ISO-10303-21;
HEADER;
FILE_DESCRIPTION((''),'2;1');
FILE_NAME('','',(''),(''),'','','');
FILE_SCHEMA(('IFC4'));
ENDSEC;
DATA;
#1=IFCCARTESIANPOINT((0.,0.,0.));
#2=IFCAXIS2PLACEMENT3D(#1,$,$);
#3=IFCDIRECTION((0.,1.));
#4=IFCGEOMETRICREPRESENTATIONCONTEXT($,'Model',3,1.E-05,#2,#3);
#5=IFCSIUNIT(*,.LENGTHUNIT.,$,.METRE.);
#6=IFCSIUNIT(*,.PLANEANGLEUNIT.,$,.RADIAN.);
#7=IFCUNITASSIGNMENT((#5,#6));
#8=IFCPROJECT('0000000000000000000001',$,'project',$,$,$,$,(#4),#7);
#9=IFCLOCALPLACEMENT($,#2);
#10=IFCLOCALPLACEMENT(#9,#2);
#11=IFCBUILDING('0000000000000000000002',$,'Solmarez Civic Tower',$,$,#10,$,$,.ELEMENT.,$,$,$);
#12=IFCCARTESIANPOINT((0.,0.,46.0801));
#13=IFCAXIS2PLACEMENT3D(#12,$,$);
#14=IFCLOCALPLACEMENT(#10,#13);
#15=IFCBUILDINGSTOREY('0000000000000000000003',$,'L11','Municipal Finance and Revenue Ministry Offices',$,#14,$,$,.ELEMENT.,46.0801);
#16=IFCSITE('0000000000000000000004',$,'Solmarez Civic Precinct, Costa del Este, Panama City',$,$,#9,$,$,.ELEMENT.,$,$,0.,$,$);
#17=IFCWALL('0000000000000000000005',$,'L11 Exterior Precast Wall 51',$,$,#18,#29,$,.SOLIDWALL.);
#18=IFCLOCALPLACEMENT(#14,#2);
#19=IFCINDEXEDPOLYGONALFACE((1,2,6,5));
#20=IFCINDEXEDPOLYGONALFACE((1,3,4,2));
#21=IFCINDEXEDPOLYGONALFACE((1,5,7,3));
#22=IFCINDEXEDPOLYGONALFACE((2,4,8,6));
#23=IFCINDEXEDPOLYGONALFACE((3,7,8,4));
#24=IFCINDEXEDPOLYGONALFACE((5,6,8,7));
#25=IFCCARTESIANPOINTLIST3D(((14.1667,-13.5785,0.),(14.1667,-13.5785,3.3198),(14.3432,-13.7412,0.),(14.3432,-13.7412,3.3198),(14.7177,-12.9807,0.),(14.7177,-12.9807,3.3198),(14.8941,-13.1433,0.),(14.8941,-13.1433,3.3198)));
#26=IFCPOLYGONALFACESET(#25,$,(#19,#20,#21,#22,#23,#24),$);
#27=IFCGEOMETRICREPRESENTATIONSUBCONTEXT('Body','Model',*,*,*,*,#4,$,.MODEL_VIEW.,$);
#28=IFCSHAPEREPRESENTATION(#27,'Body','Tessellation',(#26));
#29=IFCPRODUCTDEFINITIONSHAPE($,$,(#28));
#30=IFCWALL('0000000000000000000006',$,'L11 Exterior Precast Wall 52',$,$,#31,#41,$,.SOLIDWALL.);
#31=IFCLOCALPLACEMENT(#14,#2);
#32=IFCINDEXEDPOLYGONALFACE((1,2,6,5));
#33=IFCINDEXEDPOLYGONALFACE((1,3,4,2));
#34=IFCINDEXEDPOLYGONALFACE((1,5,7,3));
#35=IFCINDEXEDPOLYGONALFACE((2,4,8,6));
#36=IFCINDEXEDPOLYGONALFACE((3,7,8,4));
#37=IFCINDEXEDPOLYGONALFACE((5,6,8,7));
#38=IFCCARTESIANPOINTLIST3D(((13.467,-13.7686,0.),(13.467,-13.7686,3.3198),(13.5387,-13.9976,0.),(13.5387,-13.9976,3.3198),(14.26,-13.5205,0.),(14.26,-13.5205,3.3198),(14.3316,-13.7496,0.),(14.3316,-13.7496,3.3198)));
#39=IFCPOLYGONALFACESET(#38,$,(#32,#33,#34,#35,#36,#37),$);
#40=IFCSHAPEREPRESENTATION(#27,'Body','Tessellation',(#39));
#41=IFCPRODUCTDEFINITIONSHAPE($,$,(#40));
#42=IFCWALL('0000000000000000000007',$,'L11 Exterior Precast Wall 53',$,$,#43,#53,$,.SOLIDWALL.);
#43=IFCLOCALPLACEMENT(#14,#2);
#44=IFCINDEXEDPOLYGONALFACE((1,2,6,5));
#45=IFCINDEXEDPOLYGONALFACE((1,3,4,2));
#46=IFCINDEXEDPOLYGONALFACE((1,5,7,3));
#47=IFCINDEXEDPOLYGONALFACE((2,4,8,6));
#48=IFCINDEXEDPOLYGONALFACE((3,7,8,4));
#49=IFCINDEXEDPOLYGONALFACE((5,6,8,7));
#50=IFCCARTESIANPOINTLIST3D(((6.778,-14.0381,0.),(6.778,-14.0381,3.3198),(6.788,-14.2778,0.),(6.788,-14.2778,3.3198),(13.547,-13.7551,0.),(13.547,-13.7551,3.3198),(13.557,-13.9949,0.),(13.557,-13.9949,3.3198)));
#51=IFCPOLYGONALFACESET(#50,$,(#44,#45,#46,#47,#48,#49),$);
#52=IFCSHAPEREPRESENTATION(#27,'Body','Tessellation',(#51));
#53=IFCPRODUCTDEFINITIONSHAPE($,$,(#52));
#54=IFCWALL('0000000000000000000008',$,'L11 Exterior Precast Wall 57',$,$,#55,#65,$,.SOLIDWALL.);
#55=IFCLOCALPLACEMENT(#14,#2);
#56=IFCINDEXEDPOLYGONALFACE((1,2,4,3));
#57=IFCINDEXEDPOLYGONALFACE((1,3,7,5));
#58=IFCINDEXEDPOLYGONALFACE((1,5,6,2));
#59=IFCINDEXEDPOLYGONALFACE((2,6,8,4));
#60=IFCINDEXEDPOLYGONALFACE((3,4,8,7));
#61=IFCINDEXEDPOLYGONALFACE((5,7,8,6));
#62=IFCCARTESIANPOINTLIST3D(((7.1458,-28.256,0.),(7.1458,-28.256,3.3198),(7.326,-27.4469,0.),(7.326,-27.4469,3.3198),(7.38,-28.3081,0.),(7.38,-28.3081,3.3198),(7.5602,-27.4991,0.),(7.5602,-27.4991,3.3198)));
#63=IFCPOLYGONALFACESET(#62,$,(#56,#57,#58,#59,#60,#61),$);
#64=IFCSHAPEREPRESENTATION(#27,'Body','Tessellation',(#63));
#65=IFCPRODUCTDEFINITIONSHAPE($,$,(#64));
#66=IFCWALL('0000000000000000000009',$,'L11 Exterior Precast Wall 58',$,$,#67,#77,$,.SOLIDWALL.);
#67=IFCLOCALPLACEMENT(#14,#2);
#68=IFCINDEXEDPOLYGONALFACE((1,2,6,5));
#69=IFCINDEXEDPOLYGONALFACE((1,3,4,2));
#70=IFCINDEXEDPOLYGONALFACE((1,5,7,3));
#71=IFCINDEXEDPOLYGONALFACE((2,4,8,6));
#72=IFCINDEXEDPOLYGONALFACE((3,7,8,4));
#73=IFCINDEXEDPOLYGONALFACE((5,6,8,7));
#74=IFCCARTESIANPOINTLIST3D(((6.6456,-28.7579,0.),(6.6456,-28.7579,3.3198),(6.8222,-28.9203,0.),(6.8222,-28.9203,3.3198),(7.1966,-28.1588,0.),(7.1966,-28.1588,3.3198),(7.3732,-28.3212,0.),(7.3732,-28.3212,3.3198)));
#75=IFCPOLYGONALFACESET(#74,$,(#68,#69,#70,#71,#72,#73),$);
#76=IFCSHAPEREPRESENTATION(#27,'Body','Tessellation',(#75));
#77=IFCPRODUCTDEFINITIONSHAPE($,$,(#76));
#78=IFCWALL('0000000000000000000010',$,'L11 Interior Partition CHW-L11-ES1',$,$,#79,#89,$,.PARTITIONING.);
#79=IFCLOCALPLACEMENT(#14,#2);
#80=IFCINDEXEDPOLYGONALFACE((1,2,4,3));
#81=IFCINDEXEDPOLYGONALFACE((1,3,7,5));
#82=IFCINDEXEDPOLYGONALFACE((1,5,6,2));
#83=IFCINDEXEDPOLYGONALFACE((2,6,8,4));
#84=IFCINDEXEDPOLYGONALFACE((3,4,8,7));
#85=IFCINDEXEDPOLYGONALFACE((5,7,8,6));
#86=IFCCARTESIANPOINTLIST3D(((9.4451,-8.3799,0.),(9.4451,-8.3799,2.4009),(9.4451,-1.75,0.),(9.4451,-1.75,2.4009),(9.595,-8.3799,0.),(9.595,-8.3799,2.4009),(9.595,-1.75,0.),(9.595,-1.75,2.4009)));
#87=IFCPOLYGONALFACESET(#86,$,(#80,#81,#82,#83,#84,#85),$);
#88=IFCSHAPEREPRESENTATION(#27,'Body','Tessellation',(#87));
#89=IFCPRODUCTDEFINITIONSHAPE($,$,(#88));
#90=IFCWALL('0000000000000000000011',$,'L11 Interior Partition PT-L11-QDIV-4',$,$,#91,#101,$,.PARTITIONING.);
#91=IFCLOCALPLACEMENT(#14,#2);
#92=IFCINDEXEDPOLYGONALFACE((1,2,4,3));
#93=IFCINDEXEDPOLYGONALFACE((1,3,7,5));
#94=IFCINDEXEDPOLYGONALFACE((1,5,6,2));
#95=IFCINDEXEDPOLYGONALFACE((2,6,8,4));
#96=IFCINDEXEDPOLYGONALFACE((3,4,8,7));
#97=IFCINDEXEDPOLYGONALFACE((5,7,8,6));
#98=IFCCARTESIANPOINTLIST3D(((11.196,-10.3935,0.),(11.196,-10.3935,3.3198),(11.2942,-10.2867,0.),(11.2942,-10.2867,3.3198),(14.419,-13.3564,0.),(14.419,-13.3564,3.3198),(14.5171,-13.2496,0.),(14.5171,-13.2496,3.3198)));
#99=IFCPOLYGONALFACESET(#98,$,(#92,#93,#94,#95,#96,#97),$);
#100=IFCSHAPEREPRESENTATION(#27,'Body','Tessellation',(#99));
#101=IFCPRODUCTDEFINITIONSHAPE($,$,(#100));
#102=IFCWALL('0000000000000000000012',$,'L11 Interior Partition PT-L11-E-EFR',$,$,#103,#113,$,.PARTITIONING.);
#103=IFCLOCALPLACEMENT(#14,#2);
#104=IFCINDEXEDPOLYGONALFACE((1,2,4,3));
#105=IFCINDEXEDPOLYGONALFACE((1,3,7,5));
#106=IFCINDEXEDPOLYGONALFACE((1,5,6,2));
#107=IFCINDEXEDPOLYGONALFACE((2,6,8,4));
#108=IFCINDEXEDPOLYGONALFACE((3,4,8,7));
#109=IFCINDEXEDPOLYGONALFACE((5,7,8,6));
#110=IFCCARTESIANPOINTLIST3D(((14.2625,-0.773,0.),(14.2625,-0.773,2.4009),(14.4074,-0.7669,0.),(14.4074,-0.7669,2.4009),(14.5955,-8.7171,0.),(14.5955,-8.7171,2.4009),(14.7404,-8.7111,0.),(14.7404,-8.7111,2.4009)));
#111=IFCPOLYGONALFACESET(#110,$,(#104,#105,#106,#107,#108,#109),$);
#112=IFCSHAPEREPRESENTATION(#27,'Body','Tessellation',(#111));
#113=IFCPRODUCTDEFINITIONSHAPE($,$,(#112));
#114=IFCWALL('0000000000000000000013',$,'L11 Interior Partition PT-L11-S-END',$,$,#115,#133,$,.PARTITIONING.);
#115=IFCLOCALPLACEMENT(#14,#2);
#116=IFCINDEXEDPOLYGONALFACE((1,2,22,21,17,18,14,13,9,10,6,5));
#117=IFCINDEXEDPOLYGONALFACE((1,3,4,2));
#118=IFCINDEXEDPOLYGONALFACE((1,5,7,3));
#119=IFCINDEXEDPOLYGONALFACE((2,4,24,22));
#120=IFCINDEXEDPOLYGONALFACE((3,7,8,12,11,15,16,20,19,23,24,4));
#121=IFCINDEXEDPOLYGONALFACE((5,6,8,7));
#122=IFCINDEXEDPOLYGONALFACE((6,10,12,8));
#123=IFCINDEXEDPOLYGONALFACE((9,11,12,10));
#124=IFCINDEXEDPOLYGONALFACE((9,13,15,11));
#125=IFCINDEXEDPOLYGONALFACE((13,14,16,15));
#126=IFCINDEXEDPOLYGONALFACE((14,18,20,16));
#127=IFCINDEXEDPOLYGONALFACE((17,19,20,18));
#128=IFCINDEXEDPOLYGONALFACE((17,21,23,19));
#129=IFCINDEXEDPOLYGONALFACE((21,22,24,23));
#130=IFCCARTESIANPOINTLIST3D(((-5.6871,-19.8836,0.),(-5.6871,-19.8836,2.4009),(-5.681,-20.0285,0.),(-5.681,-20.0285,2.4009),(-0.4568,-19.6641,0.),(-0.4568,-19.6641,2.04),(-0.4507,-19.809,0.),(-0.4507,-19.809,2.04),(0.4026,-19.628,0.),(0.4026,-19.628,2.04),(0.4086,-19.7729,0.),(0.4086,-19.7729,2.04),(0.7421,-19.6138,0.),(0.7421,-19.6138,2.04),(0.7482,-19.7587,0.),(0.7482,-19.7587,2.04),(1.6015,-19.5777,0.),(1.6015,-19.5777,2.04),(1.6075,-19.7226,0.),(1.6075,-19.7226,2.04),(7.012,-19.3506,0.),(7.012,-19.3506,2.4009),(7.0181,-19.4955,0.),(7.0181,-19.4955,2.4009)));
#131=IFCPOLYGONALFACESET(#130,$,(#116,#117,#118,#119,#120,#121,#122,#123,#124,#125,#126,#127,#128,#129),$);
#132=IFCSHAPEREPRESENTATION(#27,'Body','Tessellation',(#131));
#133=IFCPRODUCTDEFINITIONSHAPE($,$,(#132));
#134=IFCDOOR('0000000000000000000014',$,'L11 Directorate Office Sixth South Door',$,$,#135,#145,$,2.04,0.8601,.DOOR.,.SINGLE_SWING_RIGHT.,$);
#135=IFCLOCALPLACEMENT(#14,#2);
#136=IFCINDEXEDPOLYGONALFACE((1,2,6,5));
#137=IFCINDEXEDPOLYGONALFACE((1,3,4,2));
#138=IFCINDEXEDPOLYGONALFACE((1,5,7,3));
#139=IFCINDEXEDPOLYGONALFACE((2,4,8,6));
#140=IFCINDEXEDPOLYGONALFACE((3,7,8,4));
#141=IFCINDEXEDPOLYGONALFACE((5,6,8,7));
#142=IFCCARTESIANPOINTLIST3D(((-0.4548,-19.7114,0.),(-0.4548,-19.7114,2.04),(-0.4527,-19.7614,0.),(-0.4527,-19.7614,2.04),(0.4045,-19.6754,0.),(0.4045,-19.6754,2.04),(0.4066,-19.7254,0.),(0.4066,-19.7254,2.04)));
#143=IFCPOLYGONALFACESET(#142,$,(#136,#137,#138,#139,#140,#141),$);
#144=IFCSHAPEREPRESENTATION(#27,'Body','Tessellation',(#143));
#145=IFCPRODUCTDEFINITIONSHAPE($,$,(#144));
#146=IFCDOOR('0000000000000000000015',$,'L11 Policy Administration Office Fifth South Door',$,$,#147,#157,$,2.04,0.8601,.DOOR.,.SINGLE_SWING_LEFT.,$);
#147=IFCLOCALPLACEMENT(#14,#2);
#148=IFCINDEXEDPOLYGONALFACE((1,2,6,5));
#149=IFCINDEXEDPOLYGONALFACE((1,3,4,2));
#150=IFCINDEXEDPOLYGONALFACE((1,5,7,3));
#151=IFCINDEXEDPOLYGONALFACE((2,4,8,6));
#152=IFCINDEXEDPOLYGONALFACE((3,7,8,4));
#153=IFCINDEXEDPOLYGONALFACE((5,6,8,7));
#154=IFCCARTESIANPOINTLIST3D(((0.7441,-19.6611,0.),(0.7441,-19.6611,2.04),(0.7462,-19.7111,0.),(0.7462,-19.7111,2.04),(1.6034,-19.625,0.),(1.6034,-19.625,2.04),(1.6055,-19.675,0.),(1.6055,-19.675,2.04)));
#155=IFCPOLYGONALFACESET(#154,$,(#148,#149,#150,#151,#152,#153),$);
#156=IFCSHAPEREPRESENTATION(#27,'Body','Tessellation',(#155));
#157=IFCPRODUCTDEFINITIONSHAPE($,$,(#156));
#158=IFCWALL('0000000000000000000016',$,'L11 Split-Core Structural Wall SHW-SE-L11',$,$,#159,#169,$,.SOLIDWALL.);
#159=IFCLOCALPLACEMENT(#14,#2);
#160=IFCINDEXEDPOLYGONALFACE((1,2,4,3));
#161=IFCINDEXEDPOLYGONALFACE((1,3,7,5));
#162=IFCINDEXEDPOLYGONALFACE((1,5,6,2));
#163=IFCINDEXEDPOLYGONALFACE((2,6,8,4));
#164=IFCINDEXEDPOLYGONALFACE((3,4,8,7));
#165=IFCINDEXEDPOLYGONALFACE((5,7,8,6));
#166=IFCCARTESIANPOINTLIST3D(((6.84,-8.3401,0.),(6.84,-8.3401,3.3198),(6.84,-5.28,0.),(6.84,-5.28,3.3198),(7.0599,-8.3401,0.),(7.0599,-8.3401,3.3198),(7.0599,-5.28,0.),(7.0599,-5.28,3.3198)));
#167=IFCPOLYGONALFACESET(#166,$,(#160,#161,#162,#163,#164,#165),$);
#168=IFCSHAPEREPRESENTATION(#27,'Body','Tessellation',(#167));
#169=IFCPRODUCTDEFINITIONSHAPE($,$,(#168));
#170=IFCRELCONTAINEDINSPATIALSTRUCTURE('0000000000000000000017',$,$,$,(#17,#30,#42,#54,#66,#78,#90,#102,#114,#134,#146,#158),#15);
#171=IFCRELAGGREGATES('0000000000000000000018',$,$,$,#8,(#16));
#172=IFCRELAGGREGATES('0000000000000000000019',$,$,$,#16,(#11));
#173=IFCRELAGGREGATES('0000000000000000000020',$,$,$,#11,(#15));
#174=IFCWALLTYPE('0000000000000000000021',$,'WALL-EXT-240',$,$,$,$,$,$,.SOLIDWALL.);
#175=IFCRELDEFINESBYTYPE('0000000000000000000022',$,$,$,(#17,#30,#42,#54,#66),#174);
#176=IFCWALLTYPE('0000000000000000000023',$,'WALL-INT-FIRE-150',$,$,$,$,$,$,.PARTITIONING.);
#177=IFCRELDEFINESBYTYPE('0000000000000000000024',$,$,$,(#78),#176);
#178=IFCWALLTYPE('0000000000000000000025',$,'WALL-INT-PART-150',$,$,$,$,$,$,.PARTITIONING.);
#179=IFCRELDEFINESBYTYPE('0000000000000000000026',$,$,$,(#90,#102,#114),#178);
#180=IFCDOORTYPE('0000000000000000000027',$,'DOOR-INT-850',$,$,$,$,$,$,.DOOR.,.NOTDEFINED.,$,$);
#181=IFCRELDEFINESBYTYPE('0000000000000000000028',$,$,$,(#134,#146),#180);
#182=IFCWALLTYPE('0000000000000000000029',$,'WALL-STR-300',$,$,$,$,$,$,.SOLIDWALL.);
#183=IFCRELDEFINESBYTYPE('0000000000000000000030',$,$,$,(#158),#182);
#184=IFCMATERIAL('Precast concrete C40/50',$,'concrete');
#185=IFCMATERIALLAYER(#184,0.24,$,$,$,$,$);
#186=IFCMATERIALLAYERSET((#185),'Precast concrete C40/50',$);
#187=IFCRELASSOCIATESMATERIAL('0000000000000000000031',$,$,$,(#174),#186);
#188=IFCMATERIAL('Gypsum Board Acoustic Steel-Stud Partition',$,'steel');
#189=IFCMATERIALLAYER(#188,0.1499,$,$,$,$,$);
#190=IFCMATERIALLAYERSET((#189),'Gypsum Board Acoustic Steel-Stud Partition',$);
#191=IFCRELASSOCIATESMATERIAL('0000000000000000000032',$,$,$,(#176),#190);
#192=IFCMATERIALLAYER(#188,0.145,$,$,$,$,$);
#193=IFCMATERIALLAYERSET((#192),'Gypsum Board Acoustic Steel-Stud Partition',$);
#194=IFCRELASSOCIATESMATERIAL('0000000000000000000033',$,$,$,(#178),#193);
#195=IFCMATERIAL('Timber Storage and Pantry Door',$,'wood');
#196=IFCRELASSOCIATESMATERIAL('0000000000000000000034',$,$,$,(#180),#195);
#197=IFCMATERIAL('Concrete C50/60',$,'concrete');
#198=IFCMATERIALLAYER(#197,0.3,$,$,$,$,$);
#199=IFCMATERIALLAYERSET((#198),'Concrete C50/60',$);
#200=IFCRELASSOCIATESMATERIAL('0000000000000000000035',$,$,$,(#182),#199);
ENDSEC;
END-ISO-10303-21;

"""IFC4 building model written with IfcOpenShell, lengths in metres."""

from ifc_helpers import new_model, si_unit, direction, frame, frame_2d, origin, place, context, subcontext, project, spatial, rectangle, extrude, material, layer, layer_set, type_object, element, fill, save


model = new_model("IFC4")

# Units and contexts
model_context = context("Model", 3, precision=1e-05, world=origin(), true_north=direction((0.0, 1.0)))
body_context = subcontext(model_context, "Body", "Model", "MODEL_VIEW")
ifc_project = project(units=[si_unit("LENGTHUNIT", "METRE"), si_unit("PLANEANGLEUNIT", "RADIAN")], contexts=[model_context])

# Site, building, storey
site_placement = place(None, origin())
site = spatial("IfcSite", under=ifc_project, at=site_placement, Name="Solmarez Civic Precinct, Costa del Este, Panama City", CompositionType="ELEMENT", RefElevation=0.0)
building_placement = place(site_placement, origin())
building = spatial("IfcBuilding", under=site, at=building_placement, Name="Solmarez Civic Tower", CompositionType="ELEMENT")
storey_placement = place(building_placement, frame((0.0, 0.0, 46.0801)))
storey = spatial("IfcBuildingStorey", under=building, at=storey_placement, Name="L11", Description="Municipal Finance and Revenue Ministry Offices", CompositionType="ELEMENT", Elevation=46.0801)

# Shared definitions
ifc_material_1 = material(Name="Precast concrete C40/50", Category="concrete")
ifc_layer_1 = layer(ifc_material_1, 0.24)
ifc_layer_set_1 = layer_set([ifc_layer_1], Name="Precast concrete C40/50")
wall_type_1 = type_object("IfcWallType", Name="WALL-EXT-240", PredefinedType="SOLIDWALL", material=ifc_layer_set_1)

# Walls
wall_1_placement = place(storey_placement, frame((14.8059, -13.062, 0.0), z_axis=(0.0, 0.0, 1.0), x_axis=(-0.677694, -0.735344, 0.0)))
element("IfcWall", 1, at=wall_1_placement, inside=storey, type_object=wall_type_1, Name="L11 Exterior Precast Wall 51", PredefinedType="SOLIDWALL", context=body_context, shape_type="SweptSolid", body=[
    extrude(rectangle(XDim=0.813, YDim=0.24, at=frame_2d((0.4065, 0.0))), origin(), (0.0, 0.0, 1.0), 3.3198),
])
wall_2_placement = place(storey_placement, frame((14.2959, -13.635, 0.0), z_axis=(0.0, 0.0, 1.0), x_axis=(-0.954396, -0.298543, 0.0)))
element("IfcWall", 2, at=wall_2_placement, inside=storey, type_object=wall_type_1, Name="L11 Exterior Precast Wall 52", PredefinedType="SOLIDWALL", context=body_context, shape_type="SweptSolid", body=[
    extrude(rectangle(XDim=0.8308, YDim=0.24, at=frame_2d((0.4155, 0.0))), origin(), (0.0, 0.0, 1.0), 3.3198),
])
wall_3_placement = place(storey_placement, frame((13.552, -13.875, 0.0), z_axis=(0.0, 0.0, 1.0), x_axis=(-0.999127, -0.041765, 0.0)))
element("IfcWall", 3, at=wall_3_placement, inside=storey, type_object=wall_type_1, Name="L11 Exterior Precast Wall 53", PredefinedType="SOLIDWALL", context=body_context, shape_type="SweptSolid", body=[
    extrude(rectangle(XDim=6.7749, YDim=0.24, at=frame_2d((3.3875, 0.0))), origin(), (0.0, 0.0, 1.0), 3.3198),
])
wall_4_placement = place(storey_placement, frame((7.4431, -27.4729, 0.0), z_axis=(0.0, 0.0, 1.0), x_axis=(-0.217367, -0.97609, 0.0)))
element("IfcWall", 4, at=wall_4_placement, inside=storey, type_object=wall_type_1, Name="L11 Exterior Precast Wall 57", PredefinedType="SOLIDWALL", context=body_context, shape_type="SweptSolid", body=[
    extrude(rectangle(XDim=0.8289, YDim=0.24, at=frame_2d((0.4146, 0.0))), origin(), (0.0, 0.0, 1.0), 3.3198),
])
wall_5_placement = place(storey_placement, frame((7.2849, -28.24, 0.0), z_axis=(0.0, 0.0, 1.0), x_axis=(-0.676946, -0.736033, 0.0)))
element("IfcWall", 5, at=wall_5_placement, inside=storey, type_object=wall_type_1, Name="L11 Exterior Precast Wall 58", PredefinedType="SOLIDWALL", context=body_context, shape_type="SweptSolid", body=[
    extrude(rectangle(XDim=0.814, YDim=0.24, at=frame_2d((0.407, 0.0))), origin(), (0.0, 0.0, 1.0), 3.3198),
])
ifc_material_2 = material(Name="Gypsum Board Acoustic Steel-Stud Partition", Category="steel")
ifc_layer_2 = layer(ifc_material_2, 0.1499)
ifc_layer_set_2 = layer_set([ifc_layer_2], Name="Gypsum Board Acoustic Steel-Stud Partition")
wall_type_2 = type_object("IfcWallType", Name="WALL-INT-FIRE-150", PredefinedType="PARTITIONING", material=ifc_layer_set_2)
wall_6_placement = place(storey_placement, frame((9.52, -8.3799, 0.0), z_axis=(0.0, 0.0, 1.0), x_axis=(0.0, 1.0, 0.0)))
element("IfcWall", 6, at=wall_6_placement, inside=storey, type_object=wall_type_2, Name="L11 Interior Partition CHW-L11-ES1", PredefinedType="PARTITIONING", context=body_context, shape_type="SweptSolid", body=[
    extrude(rectangle(XDim=6.6299, YDim=0.1499, at=frame_2d((3.3149, 0.0))), origin(), (0.0, 0.0, 1.0), 2.4009),
])
ifc_layer_3 = layer(ifc_material_2, 0.145)
ifc_layer_set_3 = layer_set([ifc_layer_3], Name="Gypsum Board Acoustic Steel-Stud Partition")
wall_type_3 = type_object("IfcWallType", Name="WALL-INT-PART-150", PredefinedType="PARTITIONING", material=ifc_layer_set_3)
wall_7_placement = place(storey_placement, frame((11.2451, -10.3401, 0.0), z_axis=(0.0, 0.0, 1.0), x_axis=(0.736179, -0.676787, 0.0)))
element("IfcWall", 7, at=wall_7_placement, inside=storey, type_object=wall_type_3, Name="L11 Interior Partition PT-L11-QDIV-4", PredefinedType="PARTITIONING", context=body_context, shape_type="SweptSolid", body=[
    extrude(rectangle(XDim=4.3779, YDim=0.145, at=frame_2d((2.189, 0.0))), origin(), (0.0, 0.0, 1.0), 3.3198),
])
wall_8_placement = place(storey_placement, frame((14.668, -8.7141, 0.0), z_axis=(0.0, 0.0, 1.0), x_axis=(-0.041882, 0.999123, 0.0)))
element("IfcWall", 8, at=wall_8_placement, inside=storey, type_object=wall_type_3, Name="L11 Interior Partition PT-L11-E-EFR", PredefinedType="PARTITIONING", context=body_context, shape_type="SweptSolid", body=[
    extrude(rectangle(XDim=7.9512, YDim=0.145, at=frame_2d((3.9756, 0.0))), origin(), (0.0, 0.0, 1.0), 2.4009),
])

# Wall, openings, doors
wall_9_placement = place(storey_placement, frame((7.0149, -19.4231, 0.0), z_axis=(0.0, 0.0, 1.0), x_axis=(-0.99912, -0.041932, 0.0)))
wall_9 = element("IfcWall", 9, at=wall_9_placement, inside=storey, type_object=wall_type_3, Name="L11 Interior Partition PT-L11-S-END", PredefinedType="PARTITIONING", context=body_context, shape_type="SweptSolid", body=[
    extrude(rectangle(XDim=12.7102, YDim=0.145, at=frame_2d((6.355, 0.0))), origin(), (0.0, 0.0, 1.0), 2.4009),
])
opening_1_placement = place(wall_9_placement, frame((6.615, 0.0, 0.0)))
opening_1 = element("IfcOpeningElement", 10, at=opening_1_placement, cuts=wall_9, PredefinedType="OPENING", context=body_context, shape_type="SweptSolid", body=[
    extrude(rectangle(XDim=0.8601, YDim=2.04, at=frame_2d((0.4302, 1.02))), frame((0.0, 0.0825, 0.0), z_axis=(0.0, -1.0, 0.0), x_axis=(1.0, 0.0, 0.0)), (0.0, 0.0, 1.0), 0.165),
])
opening_2_placement = place(wall_9_placement, frame((5.415, 0.0, 0.0)))
opening_2 = element("IfcOpeningElement", 11, at=opening_2_placement, cuts=wall_9, PredefinedType="OPENING", context=body_context, shape_type="SweptSolid", body=[
    extrude(rectangle(XDim=0.8601, YDim=2.04, at=frame_2d((0.4302, 1.02))), frame((0.0, 0.0825, 0.0), z_axis=(0.0, -1.0, 0.0), x_axis=(1.0, 0.0, 0.0)), (0.0, 0.0, 1.0), 0.165),
])
ifc_material_3 = material(Name="Timber Storage and Pantry Door", Category="wood")
door_type = type_object("IfcDoorType", Name="DOOR-INT-850", OperationType="NOTDEFINED", PredefinedType="DOOR", material=ifc_material_3)
door_1_placement = place(opening_1_placement, origin())
door_1 = element("IfcDoor", 12, at=door_1_placement, inside=storey, type_object=door_type, Name="L11 Directorate Office Sixth South Door", OperationType="SINGLE_SWING_RIGHT", OverallHeight=2.04, OverallWidth=0.8601, PredefinedType="DOOR", context=body_context, shape_type="SweptSolid", body=[
    extrude(rectangle(XDim=0.8601, YDim=2.04, at=frame_2d((0.4302, 1.02))), frame((0.0, 0.0249, 0.0), z_axis=(0.0, -1.0, 0.0), x_axis=(1.0, 0.0, 0.0)), (0.0, 0.0, 1.0), 0.05),
])
fill(opening_1, door_1)
door_2_placement = place(opening_2_placement, origin())
door_2 = element("IfcDoor", 13, at=door_2_placement, inside=storey, type_object=door_type, Name="L11 Policy Administration Office Fifth South Door", OperationType="SINGLE_SWING_LEFT", OverallHeight=2.04, OverallWidth=0.8601, PredefinedType="DOOR", context=body_context, shape_type="SweptSolid", body=[
    extrude(rectangle(XDim=0.8601, YDim=2.04, at=frame_2d((0.4302, 1.02))), frame((0.0, 0.0249, 0.0), z_axis=(0.0, -1.0, 0.0), x_axis=(1.0, 0.0, 0.0)), (0.0, 0.0, 1.0), 0.05),
])
fill(opening_2, door_2)

# Wall
ifc_material_4 = material(Name="Concrete C50/60", Category="concrete")
ifc_layer_4 = layer(ifc_material_4, 0.3)
ifc_layer_set_4 = layer_set([ifc_layer_4], Name="Concrete C50/60")
wall_type_4 = type_object("IfcWallType", Name="WALL-STR-300", PredefinedType="SOLIDWALL", material=ifc_layer_set_4)
wall_10_placement = place(storey_placement, frame((6.95, -8.3401, 0.0), z_axis=(0.0, 0.0, 1.0), x_axis=(0.0, 1.0, 0.0)))
element("IfcWall", 14, at=wall_10_placement, inside=storey, type_object=wall_type_4, Name="L11 Split-Core Structural Wall SHW-SE-L11", PredefinedType="SOLIDWALL", context=body_context, shape_type="SweptSolid", body=[
    extrude(rectangle(XDim=3.0601, YDim=0.22, at=frame_2d((1.53, 0.0))), origin(), (0.0, 0.0, 1.0), 3.3198),
])

save(model, "model.ifc")
